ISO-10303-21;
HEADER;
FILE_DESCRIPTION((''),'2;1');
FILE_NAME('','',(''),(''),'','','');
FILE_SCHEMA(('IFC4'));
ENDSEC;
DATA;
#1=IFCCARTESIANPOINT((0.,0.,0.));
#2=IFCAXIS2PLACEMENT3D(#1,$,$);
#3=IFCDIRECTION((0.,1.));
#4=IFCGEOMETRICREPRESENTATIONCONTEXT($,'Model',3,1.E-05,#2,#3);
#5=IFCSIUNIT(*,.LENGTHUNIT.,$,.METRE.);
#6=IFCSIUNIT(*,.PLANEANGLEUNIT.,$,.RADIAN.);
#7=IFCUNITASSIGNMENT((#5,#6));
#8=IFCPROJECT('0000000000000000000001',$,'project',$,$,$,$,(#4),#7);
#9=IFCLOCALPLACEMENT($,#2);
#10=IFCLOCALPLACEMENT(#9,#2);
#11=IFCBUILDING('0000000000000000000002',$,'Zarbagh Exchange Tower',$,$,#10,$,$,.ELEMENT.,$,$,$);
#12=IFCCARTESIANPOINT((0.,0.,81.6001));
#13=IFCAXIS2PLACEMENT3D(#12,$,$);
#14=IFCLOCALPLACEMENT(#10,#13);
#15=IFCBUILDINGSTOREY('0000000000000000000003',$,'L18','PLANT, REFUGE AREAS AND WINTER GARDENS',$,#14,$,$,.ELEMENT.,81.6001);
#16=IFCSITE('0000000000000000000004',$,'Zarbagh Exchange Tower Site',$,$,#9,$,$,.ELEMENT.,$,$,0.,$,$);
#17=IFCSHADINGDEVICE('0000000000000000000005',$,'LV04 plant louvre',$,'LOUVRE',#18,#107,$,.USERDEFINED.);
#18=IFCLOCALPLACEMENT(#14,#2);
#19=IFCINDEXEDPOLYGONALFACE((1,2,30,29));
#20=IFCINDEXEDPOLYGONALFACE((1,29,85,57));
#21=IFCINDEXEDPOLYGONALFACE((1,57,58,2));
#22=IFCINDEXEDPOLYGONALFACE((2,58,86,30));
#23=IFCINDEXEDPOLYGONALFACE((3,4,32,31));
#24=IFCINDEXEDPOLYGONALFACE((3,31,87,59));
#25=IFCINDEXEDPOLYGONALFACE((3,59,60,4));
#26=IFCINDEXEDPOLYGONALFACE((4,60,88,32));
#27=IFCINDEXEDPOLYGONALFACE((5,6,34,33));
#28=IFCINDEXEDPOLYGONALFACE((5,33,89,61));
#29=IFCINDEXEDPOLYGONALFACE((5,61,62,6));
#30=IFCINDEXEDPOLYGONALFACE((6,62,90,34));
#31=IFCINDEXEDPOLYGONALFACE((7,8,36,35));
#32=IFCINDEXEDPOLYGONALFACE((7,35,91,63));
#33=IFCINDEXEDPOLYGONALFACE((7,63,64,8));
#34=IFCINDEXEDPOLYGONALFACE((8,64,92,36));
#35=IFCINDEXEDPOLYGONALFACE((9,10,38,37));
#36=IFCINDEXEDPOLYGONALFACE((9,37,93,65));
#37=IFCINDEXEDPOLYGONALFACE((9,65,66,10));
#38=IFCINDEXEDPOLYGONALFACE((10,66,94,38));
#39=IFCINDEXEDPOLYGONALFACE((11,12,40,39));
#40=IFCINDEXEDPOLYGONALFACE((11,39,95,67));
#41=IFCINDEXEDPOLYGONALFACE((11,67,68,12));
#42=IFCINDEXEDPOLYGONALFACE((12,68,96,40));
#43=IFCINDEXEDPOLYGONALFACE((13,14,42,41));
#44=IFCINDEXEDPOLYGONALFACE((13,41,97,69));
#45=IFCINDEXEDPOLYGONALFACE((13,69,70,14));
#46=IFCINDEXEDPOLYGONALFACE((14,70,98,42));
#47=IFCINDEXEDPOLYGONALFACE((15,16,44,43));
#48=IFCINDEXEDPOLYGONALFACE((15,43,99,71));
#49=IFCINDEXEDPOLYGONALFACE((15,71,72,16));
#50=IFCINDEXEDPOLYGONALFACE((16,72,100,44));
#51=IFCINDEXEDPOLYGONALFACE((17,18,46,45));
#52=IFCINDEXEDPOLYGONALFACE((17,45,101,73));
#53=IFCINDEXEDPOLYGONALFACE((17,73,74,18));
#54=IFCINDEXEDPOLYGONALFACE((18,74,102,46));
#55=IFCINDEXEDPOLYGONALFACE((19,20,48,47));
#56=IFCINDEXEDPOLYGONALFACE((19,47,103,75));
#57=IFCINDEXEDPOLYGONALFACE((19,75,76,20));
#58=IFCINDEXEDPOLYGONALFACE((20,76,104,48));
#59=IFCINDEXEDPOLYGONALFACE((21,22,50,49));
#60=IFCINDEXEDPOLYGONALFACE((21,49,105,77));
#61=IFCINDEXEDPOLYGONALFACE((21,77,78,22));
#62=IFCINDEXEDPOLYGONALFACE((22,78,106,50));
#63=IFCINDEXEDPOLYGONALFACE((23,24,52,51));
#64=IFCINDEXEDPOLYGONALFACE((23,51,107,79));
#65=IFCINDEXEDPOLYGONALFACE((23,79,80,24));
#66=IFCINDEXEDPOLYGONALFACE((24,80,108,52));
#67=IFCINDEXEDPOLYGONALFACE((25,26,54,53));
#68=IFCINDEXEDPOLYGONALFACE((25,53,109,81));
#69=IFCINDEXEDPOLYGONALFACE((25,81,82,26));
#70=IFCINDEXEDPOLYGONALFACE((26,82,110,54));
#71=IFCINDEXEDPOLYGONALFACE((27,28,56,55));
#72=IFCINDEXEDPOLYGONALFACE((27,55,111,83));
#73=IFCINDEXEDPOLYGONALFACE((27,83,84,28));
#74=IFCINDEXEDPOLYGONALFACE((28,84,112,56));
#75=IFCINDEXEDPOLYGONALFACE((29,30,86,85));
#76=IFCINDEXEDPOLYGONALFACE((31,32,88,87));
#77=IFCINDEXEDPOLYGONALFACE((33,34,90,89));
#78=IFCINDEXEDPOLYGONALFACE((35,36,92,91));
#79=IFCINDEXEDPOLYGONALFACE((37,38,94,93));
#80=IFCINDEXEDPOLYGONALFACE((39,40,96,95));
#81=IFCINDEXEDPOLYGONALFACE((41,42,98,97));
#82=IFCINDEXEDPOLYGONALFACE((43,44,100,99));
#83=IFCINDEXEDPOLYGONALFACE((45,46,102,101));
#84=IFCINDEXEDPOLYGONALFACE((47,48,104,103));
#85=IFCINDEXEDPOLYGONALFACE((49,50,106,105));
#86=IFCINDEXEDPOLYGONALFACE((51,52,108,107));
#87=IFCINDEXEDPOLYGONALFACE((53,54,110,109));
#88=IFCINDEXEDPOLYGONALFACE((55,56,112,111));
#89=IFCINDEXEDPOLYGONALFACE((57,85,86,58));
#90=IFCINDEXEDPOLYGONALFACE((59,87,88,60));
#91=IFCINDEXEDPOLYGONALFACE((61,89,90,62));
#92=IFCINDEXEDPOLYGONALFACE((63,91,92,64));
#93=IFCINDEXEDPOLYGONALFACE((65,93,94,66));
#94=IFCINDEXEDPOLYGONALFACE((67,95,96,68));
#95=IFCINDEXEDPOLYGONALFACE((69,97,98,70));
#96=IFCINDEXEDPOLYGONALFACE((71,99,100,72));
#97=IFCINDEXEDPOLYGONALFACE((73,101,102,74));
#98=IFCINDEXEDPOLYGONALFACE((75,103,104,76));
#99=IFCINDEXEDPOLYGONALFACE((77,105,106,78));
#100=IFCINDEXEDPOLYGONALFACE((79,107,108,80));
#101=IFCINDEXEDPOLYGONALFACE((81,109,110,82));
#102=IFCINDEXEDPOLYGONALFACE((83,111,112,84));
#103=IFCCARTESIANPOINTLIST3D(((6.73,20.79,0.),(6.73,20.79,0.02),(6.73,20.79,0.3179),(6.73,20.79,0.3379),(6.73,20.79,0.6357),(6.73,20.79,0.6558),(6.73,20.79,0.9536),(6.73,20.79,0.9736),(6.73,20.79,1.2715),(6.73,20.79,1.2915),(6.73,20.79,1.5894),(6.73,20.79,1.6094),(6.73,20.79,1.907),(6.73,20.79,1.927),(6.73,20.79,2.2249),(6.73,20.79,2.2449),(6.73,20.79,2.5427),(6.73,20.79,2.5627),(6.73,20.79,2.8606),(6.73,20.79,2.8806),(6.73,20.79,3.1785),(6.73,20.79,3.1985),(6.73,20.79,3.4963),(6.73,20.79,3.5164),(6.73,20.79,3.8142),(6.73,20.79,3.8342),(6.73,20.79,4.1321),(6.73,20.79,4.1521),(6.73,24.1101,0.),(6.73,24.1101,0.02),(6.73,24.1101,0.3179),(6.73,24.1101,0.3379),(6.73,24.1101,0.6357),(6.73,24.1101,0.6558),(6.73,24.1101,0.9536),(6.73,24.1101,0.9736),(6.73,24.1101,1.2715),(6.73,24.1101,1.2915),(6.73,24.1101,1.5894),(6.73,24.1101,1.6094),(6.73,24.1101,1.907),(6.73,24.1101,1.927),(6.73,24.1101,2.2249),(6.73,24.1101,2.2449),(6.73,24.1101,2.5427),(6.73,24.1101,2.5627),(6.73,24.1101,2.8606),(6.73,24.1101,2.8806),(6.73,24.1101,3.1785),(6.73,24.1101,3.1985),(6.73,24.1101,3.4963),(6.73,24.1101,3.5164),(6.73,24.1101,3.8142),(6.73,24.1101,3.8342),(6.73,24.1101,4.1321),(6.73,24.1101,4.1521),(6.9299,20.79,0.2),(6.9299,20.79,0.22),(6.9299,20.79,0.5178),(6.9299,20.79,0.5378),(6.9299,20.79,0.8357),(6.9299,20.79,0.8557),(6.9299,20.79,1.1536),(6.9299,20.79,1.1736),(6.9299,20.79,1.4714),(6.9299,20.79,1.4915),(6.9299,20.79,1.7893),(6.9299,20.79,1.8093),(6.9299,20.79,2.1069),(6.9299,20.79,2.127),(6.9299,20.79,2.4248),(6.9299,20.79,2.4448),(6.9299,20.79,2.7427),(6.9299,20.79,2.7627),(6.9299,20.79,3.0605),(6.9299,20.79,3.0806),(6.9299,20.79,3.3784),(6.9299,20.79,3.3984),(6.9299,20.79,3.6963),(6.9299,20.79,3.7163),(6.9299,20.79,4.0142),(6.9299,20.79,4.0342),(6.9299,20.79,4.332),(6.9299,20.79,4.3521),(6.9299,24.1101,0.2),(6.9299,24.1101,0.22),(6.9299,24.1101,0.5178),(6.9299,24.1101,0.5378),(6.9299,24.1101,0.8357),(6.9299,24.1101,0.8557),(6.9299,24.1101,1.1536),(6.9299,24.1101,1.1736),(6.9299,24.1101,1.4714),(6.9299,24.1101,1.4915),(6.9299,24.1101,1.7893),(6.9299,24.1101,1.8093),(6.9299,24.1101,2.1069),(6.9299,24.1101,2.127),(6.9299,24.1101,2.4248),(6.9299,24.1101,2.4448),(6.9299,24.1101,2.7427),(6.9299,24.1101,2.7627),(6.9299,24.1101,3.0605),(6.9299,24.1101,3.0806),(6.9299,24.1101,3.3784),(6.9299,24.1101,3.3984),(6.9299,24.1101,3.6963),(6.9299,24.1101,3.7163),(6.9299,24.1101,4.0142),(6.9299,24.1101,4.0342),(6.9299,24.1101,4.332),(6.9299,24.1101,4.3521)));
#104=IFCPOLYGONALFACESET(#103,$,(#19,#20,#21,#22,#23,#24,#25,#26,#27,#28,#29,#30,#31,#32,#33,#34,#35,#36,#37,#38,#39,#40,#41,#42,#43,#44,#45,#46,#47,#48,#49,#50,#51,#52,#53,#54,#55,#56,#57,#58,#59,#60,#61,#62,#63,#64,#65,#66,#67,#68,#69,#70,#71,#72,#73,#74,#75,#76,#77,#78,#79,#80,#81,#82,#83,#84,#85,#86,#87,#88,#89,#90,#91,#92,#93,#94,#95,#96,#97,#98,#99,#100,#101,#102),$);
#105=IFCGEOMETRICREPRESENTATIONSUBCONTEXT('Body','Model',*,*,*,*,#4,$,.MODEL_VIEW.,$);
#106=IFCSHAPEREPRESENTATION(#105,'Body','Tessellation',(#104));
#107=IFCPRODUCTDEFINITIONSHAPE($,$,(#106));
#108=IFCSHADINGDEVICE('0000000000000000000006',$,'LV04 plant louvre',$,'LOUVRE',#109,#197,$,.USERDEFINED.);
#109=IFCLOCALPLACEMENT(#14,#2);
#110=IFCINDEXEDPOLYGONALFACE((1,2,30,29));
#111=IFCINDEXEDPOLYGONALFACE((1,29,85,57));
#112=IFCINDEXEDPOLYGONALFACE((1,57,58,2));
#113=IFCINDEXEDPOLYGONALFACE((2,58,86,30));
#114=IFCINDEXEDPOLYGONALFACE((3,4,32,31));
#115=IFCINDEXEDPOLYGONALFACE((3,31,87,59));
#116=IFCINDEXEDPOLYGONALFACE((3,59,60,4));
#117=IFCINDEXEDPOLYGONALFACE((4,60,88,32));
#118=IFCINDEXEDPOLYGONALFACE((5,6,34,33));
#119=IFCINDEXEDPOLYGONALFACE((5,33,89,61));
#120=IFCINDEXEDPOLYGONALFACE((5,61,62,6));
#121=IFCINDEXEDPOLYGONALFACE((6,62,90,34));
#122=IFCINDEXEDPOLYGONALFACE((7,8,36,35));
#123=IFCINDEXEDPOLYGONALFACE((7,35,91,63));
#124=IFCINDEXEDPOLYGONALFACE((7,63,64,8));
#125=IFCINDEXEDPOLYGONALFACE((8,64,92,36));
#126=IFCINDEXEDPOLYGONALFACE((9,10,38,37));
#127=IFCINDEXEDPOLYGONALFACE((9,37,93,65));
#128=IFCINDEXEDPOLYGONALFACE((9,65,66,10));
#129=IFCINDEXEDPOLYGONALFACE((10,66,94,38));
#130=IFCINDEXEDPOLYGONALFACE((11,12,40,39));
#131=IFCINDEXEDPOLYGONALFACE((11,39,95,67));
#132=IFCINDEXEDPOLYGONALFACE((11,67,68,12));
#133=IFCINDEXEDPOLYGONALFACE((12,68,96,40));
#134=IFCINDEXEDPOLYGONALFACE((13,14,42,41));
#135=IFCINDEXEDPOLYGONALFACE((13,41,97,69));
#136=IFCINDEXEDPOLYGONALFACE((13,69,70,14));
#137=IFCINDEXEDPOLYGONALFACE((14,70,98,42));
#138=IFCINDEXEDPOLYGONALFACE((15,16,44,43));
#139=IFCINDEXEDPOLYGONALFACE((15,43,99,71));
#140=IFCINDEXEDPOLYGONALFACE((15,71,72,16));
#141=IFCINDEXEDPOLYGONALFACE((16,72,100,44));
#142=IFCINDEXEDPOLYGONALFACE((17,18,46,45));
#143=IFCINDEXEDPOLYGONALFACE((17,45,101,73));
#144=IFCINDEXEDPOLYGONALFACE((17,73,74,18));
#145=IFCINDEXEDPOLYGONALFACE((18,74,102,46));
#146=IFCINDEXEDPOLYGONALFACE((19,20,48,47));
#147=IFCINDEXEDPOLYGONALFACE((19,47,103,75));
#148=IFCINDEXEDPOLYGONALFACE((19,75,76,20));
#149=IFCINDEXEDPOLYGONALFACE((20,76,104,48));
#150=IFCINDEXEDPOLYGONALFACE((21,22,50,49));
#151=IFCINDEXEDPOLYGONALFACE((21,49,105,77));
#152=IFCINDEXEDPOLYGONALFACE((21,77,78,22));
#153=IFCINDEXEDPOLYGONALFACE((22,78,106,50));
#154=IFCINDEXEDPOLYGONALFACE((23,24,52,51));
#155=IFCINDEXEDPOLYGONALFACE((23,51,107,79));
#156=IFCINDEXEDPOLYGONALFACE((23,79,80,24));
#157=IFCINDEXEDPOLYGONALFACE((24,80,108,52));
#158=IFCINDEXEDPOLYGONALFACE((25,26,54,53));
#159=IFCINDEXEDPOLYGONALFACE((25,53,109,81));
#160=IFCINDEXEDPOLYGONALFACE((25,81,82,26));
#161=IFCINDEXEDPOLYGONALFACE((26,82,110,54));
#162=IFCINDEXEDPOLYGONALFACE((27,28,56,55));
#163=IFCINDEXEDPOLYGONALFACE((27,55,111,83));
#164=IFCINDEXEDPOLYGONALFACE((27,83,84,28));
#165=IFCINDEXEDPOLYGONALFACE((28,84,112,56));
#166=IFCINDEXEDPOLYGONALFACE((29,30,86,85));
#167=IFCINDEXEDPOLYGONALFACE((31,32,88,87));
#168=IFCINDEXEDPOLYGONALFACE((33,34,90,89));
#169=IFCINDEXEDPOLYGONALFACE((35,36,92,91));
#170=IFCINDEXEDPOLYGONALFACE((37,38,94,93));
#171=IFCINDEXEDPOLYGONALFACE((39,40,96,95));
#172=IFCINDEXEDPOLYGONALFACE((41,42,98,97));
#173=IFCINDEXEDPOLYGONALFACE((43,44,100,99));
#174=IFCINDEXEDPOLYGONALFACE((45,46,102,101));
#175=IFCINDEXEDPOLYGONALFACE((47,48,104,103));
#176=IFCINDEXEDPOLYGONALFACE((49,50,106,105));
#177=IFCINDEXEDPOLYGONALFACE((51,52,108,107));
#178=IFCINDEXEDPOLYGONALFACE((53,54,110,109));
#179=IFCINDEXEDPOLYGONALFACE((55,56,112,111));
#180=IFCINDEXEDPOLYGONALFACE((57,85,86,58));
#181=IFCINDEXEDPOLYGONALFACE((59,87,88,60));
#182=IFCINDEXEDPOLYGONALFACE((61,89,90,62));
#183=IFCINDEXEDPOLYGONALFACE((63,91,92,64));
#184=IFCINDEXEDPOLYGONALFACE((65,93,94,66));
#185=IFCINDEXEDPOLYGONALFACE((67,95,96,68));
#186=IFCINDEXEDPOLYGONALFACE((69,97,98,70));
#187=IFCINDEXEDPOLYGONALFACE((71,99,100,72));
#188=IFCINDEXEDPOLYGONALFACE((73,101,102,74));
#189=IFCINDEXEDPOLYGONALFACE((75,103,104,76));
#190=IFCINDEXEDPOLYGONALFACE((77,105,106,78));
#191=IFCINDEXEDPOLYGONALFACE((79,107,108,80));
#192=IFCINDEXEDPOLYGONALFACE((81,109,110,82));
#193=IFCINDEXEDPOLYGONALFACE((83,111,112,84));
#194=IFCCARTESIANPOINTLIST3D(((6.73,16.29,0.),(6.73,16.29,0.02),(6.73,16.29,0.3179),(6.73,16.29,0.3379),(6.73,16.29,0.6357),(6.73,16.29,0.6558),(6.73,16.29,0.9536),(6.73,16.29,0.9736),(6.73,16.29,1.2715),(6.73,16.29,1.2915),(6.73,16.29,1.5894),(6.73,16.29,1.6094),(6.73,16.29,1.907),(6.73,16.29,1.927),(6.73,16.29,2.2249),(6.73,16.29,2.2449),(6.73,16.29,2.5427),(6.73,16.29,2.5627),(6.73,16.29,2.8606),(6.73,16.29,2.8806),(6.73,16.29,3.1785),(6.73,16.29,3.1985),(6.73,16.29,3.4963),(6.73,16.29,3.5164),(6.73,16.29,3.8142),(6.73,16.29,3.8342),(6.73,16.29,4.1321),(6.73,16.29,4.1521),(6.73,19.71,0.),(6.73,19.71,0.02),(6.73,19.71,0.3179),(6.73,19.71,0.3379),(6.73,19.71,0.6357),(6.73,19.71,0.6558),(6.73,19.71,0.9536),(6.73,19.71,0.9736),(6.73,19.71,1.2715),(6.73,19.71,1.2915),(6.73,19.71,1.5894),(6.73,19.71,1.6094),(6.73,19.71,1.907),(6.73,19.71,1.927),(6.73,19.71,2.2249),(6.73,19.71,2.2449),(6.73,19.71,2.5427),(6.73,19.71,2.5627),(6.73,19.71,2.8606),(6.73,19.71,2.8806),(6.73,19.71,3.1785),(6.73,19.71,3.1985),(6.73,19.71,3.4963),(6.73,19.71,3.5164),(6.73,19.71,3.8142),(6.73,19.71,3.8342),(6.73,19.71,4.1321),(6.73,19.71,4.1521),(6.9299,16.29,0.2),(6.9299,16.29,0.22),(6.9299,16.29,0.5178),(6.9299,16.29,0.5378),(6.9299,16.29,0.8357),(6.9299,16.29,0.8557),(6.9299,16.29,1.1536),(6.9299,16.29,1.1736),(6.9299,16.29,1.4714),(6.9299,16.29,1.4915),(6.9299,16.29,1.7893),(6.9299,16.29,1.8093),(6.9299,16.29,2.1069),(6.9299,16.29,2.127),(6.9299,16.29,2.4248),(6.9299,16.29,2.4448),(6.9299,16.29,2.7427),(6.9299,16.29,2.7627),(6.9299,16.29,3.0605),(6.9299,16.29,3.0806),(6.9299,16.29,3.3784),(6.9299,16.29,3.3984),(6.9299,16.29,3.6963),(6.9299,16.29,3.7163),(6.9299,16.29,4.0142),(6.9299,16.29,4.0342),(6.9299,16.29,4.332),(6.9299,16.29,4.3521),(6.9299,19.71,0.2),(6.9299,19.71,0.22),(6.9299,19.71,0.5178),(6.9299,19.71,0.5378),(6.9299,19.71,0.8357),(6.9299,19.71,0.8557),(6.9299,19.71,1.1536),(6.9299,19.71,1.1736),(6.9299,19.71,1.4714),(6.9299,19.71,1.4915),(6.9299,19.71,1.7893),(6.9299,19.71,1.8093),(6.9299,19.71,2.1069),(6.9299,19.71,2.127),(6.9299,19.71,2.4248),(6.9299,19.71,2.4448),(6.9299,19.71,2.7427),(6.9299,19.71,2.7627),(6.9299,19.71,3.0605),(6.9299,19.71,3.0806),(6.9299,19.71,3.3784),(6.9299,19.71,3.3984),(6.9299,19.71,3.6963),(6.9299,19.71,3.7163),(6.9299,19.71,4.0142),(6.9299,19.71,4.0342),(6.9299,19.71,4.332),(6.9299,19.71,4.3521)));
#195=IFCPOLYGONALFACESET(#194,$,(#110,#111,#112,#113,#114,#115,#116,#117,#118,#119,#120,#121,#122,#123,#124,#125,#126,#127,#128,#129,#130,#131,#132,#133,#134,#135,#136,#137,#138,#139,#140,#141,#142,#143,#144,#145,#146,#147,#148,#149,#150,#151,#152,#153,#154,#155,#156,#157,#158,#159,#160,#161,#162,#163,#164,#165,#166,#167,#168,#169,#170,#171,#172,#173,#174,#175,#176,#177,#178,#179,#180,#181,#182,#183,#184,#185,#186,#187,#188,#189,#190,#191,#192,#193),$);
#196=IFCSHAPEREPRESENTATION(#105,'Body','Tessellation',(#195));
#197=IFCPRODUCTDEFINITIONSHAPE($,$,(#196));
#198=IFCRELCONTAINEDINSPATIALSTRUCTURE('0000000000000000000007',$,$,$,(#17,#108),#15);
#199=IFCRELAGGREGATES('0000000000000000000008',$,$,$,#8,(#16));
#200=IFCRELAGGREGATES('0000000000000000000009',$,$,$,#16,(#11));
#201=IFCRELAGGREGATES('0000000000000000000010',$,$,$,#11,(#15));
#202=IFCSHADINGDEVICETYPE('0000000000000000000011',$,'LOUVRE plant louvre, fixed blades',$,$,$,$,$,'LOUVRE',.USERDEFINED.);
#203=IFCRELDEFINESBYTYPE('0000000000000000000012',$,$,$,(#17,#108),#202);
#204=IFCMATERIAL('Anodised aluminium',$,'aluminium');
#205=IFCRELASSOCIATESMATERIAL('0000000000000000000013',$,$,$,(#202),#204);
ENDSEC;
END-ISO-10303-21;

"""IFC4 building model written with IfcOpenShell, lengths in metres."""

from ifc_helpers import new_model, si_unit, direction, frame, origin, place, context, subcontext, project, spatial, polyline, outline, extrude, source, transform, mapped, material, type_object, element, save


model = new_model("IFC4")

# Units and contexts
model_context = context("Model", 3, precision=1e-05, world=origin(), true_north=direction((0.0, 1.0)))
body_context = subcontext(model_context, "Body", "Model", "MODEL_VIEW")
ifc_project = project(units=[si_unit("LENGTHUNIT", "METRE"), si_unit("PLANEANGLEUNIT", "RADIAN")], contexts=[model_context])

# Site, building, storey
site_placement = place(None, origin())
site = spatial("IfcSite", under=ifc_project, at=site_placement, Name="Zarbagh Exchange Tower Site", CompositionType="ELEMENT", RefElevation=0.0)
building_placement = place(site_placement, origin())
building = spatial("IfcBuilding", under=site, at=building_placement, Name="Zarbagh Exchange Tower", CompositionType="ELEMENT")
storey_placement = place(building_placement, frame((0.0, 0.0, 81.6001)))
storey = spatial("IfcBuildingStorey", under=building, at=storey_placement, Name="L18", Description="PLANT, REFUGE AREAS AND WINTER GARDENS", CompositionType="ELEMENT", Elevation=81.6001)

# Shared definitions
placement = place(storey_placement, origin())

# Shading devices
ifc_material_1 = material(Name="Anodised aluminium", Category="aluminium")
shading_device_type = type_object("IfcShadingDeviceType", Name="LOUVRE plant louvre, fixed blades", ElementType="LOUVRE", PredefinedType="USERDEFINED", material=ifc_material_1)
shared_shape_1 = source(origin(), body_context, "Body", "SweptSolid", [
    extrude(outline(polyline([(0.0, 0.2), (0.2, 0.0), (0.2, -0.02), (0.0, 0.1799), (0.0, 0.2)])), origin(), (0.0, 0.0, 1.0), 3.3201),
])
element("IfcShadingDevice", 1, at=placement, inside=storey, type_object=shading_device_type, Name="LV04 plant louvre", ObjectType="LOUVRE", PredefinedType="USERDEFINED", context=body_context, shape_type="MappedRepresentation", body=[
    mapped(shared_shape_1, transform((6.73, 20.79, 0.2), x_axis=(1.0, 0.0, 0.0), y_axis=(0.0, 0.0, -1.0), z_axis=(0.0, 1.0, 0.0))),
    mapped(shared_shape_1, transform((6.73, 20.79, 0.5178), x_axis=(1.0, 0.0, 0.0), y_axis=(0.0, 0.0, -1.0), z_axis=(0.0, 1.0, 0.0))),
    mapped(shared_shape_1, transform((6.73, 20.79, 0.8357), x_axis=(1.0, 0.0, 0.0), y_axis=(0.0, 0.0, -1.0), z_axis=(0.0, 1.0, 0.0))),
    mapped(shared_shape_1, transform((6.73, 20.79, 1.1536), x_axis=(1.0, 0.0, 0.0), y_axis=(0.0, 0.0, -1.0), z_axis=(0.0, 1.0, 0.0))),
    mapped(shared_shape_1, transform((6.73, 20.79, 1.4714), x_axis=(1.0, 0.0, 0.0), y_axis=(0.0, 0.0, -1.0), z_axis=(0.0, 1.0, 0.0))),
    mapped(shared_shape_1, transform((6.73, 20.79, 1.7893), x_axis=(1.0, 0.0, 0.0), y_axis=(0.0, 0.0, -1.0), z_axis=(0.0, 1.0, 0.0))),
    mapped(shared_shape_1, transform((6.73, 20.79, 2.1069), x_axis=(1.0, 0.0, 0.0), y_axis=(0.0, 0.0, -1.0), z_axis=(0.0, 1.0, 0.0))),
    mapped(shared_shape_1, transform((6.73, 20.79, 2.4248), x_axis=(1.0, 0.0, 0.0), y_axis=(0.0, 0.0, -1.0), z_axis=(0.0, 1.0, 0.0))),
    mapped(shared_shape_1, transform((6.73, 20.79, 2.7427), x_axis=(1.0, 0.0, 0.0), y_axis=(0.0, 0.0, -1.0), z_axis=(0.0, 1.0, 0.0))),
    mapped(shared_shape_1, transform((6.73, 20.79, 3.0605), x_axis=(1.0, 0.0, 0.0), y_axis=(0.0, 0.0, -1.0), z_axis=(0.0, 1.0, 0.0))),
    mapped(shared_shape_1, transform((6.73, 20.79, 3.3784), x_axis=(1.0, 0.0, 0.0), y_axis=(0.0, 0.0, -1.0), z_axis=(0.0, 1.0, 0.0))),
    mapped(shared_shape_1, transform((6.73, 20.79, 3.6963), x_axis=(1.0, 0.0, 0.0), y_axis=(0.0, 0.0, -1.0), z_axis=(0.0, 1.0, 0.0))),
    mapped(shared_shape_1, transform((6.73, 20.79, 4.0142), x_axis=(1.0, 0.0, 0.0), y_axis=(0.0, 0.0, -1.0), z_axis=(0.0, 1.0, 0.0))),
    mapped(shared_shape_1, transform((6.73, 20.79, 4.332), x_axis=(1.0, 0.0, 0.0), y_axis=(0.0, 0.0, -1.0), z_axis=(0.0, 1.0, 0.0))),
])
shared_shape_2 = source(origin(), body_context, "Body", "SweptSolid", [
    extrude(outline(polyline([(0.0, 0.2), (0.2, 0.0), (0.2, -0.02), (0.0, 0.1799), (0.0, 0.2)])), origin(), (0.0, 0.0, 1.0), 3.4199),
])
element("IfcShadingDevice", 2, at=placement, inside=storey, type_object=shading_device_type, Name="LV04 plant louvre", ObjectType="LOUVRE", PredefinedType="USERDEFINED", context=body_context, shape_type="MappedRepresentation", body=[
    mapped(shared_shape_2, transform((6.73, 16.29, 0.2), x_axis=(1.0, 0.0, 0.0), y_axis=(0.0, 0.0, -1.0), z_axis=(0.0, 1.0, 0.0))),
    mapped(shared_shape_2, transform((6.73, 16.29, 0.5178), x_axis=(1.0, 0.0, 0.0), y_axis=(0.0, 0.0, -1.0), z_axis=(0.0, 1.0, 0.0))),
    mapped(shared_shape_2, transform((6.73, 16.29, 0.8357), x_axis=(1.0, 0.0, 0.0), y_axis=(0.0, 0.0, -1.0), z_axis=(0.0, 1.0, 0.0))),
    mapped(shared_shape_2, transform((6.73, 16.29, 1.1536), x_axis=(1.0, 0.0, 0.0), y_axis=(0.0, 0.0, -1.0), z_axis=(0.0, 1.0, 0.0))),
    mapped(shared_shape_2, transform((6.73, 16.29, 1.4714), x_axis=(1.0, 0.0, 0.0), y_axis=(0.0, 0.0, -1.0), z_axis=(0.0, 1.0, 0.0))),
    mapped(shared_shape_2, transform((6.73, 16.29, 1.7893), x_axis=(1.0, 0.0, 0.0), y_axis=(0.0, 0.0, -1.0), z_axis=(0.0, 1.0, 0.0))),
    mapped(shared_shape_2, transform((6.73, 16.29, 2.1069), x_axis=(1.0, 0.0, 0.0), y_axis=(0.0, 0.0, -1.0), z_axis=(0.0, 1.0, 0.0))),
    mapped(shared_shape_2, transform((6.73, 16.29, 2.4248), x_axis=(1.0, 0.0, 0.0), y_axis=(0.0, 0.0, -1.0), z_axis=(0.0, 1.0, 0.0))),
    mapped(shared_shape_2, transform((6.73, 16.29, 2.7427), x_axis=(1.0, 0.0, 0.0), y_axis=(0.0, 0.0, -1.0), z_axis=(0.0, 1.0, 0.0))),
    mapped(shared_shape_2, transform((6.73, 16.29, 3.0605), x_axis=(1.0, 0.0, 0.0), y_axis=(0.0, 0.0, -1.0), z_axis=(0.0, 1.0, 0.0))),
    mapped(shared_shape_2, transform((6.73, 16.29, 3.3784), x_axis=(1.0, 0.0, 0.0), y_axis=(0.0, 0.0, -1.0), z_axis=(0.0, 1.0, 0.0))),
    mapped(shared_shape_2, transform((6.73, 16.29, 3.6963), x_axis=(1.0, 0.0, 0.0), y_axis=(0.0, 0.0, -1.0), z_axis=(0.0, 1.0, 0.0))),
    mapped(shared_shape_2, transform((6.73, 16.29, 4.0142), x_axis=(1.0, 0.0, 0.0), y_axis=(0.0, 0.0, -1.0), z_axis=(0.0, 1.0, 0.0))),
    mapped(shared_shape_2, transform((6.73, 16.29, 4.332), x_axis=(1.0, 0.0, 0.0), y_axis=(0.0, 0.0, -1.0), z_axis=(0.0, 1.0, 0.0))),
])

save(model, "model.ifc")
